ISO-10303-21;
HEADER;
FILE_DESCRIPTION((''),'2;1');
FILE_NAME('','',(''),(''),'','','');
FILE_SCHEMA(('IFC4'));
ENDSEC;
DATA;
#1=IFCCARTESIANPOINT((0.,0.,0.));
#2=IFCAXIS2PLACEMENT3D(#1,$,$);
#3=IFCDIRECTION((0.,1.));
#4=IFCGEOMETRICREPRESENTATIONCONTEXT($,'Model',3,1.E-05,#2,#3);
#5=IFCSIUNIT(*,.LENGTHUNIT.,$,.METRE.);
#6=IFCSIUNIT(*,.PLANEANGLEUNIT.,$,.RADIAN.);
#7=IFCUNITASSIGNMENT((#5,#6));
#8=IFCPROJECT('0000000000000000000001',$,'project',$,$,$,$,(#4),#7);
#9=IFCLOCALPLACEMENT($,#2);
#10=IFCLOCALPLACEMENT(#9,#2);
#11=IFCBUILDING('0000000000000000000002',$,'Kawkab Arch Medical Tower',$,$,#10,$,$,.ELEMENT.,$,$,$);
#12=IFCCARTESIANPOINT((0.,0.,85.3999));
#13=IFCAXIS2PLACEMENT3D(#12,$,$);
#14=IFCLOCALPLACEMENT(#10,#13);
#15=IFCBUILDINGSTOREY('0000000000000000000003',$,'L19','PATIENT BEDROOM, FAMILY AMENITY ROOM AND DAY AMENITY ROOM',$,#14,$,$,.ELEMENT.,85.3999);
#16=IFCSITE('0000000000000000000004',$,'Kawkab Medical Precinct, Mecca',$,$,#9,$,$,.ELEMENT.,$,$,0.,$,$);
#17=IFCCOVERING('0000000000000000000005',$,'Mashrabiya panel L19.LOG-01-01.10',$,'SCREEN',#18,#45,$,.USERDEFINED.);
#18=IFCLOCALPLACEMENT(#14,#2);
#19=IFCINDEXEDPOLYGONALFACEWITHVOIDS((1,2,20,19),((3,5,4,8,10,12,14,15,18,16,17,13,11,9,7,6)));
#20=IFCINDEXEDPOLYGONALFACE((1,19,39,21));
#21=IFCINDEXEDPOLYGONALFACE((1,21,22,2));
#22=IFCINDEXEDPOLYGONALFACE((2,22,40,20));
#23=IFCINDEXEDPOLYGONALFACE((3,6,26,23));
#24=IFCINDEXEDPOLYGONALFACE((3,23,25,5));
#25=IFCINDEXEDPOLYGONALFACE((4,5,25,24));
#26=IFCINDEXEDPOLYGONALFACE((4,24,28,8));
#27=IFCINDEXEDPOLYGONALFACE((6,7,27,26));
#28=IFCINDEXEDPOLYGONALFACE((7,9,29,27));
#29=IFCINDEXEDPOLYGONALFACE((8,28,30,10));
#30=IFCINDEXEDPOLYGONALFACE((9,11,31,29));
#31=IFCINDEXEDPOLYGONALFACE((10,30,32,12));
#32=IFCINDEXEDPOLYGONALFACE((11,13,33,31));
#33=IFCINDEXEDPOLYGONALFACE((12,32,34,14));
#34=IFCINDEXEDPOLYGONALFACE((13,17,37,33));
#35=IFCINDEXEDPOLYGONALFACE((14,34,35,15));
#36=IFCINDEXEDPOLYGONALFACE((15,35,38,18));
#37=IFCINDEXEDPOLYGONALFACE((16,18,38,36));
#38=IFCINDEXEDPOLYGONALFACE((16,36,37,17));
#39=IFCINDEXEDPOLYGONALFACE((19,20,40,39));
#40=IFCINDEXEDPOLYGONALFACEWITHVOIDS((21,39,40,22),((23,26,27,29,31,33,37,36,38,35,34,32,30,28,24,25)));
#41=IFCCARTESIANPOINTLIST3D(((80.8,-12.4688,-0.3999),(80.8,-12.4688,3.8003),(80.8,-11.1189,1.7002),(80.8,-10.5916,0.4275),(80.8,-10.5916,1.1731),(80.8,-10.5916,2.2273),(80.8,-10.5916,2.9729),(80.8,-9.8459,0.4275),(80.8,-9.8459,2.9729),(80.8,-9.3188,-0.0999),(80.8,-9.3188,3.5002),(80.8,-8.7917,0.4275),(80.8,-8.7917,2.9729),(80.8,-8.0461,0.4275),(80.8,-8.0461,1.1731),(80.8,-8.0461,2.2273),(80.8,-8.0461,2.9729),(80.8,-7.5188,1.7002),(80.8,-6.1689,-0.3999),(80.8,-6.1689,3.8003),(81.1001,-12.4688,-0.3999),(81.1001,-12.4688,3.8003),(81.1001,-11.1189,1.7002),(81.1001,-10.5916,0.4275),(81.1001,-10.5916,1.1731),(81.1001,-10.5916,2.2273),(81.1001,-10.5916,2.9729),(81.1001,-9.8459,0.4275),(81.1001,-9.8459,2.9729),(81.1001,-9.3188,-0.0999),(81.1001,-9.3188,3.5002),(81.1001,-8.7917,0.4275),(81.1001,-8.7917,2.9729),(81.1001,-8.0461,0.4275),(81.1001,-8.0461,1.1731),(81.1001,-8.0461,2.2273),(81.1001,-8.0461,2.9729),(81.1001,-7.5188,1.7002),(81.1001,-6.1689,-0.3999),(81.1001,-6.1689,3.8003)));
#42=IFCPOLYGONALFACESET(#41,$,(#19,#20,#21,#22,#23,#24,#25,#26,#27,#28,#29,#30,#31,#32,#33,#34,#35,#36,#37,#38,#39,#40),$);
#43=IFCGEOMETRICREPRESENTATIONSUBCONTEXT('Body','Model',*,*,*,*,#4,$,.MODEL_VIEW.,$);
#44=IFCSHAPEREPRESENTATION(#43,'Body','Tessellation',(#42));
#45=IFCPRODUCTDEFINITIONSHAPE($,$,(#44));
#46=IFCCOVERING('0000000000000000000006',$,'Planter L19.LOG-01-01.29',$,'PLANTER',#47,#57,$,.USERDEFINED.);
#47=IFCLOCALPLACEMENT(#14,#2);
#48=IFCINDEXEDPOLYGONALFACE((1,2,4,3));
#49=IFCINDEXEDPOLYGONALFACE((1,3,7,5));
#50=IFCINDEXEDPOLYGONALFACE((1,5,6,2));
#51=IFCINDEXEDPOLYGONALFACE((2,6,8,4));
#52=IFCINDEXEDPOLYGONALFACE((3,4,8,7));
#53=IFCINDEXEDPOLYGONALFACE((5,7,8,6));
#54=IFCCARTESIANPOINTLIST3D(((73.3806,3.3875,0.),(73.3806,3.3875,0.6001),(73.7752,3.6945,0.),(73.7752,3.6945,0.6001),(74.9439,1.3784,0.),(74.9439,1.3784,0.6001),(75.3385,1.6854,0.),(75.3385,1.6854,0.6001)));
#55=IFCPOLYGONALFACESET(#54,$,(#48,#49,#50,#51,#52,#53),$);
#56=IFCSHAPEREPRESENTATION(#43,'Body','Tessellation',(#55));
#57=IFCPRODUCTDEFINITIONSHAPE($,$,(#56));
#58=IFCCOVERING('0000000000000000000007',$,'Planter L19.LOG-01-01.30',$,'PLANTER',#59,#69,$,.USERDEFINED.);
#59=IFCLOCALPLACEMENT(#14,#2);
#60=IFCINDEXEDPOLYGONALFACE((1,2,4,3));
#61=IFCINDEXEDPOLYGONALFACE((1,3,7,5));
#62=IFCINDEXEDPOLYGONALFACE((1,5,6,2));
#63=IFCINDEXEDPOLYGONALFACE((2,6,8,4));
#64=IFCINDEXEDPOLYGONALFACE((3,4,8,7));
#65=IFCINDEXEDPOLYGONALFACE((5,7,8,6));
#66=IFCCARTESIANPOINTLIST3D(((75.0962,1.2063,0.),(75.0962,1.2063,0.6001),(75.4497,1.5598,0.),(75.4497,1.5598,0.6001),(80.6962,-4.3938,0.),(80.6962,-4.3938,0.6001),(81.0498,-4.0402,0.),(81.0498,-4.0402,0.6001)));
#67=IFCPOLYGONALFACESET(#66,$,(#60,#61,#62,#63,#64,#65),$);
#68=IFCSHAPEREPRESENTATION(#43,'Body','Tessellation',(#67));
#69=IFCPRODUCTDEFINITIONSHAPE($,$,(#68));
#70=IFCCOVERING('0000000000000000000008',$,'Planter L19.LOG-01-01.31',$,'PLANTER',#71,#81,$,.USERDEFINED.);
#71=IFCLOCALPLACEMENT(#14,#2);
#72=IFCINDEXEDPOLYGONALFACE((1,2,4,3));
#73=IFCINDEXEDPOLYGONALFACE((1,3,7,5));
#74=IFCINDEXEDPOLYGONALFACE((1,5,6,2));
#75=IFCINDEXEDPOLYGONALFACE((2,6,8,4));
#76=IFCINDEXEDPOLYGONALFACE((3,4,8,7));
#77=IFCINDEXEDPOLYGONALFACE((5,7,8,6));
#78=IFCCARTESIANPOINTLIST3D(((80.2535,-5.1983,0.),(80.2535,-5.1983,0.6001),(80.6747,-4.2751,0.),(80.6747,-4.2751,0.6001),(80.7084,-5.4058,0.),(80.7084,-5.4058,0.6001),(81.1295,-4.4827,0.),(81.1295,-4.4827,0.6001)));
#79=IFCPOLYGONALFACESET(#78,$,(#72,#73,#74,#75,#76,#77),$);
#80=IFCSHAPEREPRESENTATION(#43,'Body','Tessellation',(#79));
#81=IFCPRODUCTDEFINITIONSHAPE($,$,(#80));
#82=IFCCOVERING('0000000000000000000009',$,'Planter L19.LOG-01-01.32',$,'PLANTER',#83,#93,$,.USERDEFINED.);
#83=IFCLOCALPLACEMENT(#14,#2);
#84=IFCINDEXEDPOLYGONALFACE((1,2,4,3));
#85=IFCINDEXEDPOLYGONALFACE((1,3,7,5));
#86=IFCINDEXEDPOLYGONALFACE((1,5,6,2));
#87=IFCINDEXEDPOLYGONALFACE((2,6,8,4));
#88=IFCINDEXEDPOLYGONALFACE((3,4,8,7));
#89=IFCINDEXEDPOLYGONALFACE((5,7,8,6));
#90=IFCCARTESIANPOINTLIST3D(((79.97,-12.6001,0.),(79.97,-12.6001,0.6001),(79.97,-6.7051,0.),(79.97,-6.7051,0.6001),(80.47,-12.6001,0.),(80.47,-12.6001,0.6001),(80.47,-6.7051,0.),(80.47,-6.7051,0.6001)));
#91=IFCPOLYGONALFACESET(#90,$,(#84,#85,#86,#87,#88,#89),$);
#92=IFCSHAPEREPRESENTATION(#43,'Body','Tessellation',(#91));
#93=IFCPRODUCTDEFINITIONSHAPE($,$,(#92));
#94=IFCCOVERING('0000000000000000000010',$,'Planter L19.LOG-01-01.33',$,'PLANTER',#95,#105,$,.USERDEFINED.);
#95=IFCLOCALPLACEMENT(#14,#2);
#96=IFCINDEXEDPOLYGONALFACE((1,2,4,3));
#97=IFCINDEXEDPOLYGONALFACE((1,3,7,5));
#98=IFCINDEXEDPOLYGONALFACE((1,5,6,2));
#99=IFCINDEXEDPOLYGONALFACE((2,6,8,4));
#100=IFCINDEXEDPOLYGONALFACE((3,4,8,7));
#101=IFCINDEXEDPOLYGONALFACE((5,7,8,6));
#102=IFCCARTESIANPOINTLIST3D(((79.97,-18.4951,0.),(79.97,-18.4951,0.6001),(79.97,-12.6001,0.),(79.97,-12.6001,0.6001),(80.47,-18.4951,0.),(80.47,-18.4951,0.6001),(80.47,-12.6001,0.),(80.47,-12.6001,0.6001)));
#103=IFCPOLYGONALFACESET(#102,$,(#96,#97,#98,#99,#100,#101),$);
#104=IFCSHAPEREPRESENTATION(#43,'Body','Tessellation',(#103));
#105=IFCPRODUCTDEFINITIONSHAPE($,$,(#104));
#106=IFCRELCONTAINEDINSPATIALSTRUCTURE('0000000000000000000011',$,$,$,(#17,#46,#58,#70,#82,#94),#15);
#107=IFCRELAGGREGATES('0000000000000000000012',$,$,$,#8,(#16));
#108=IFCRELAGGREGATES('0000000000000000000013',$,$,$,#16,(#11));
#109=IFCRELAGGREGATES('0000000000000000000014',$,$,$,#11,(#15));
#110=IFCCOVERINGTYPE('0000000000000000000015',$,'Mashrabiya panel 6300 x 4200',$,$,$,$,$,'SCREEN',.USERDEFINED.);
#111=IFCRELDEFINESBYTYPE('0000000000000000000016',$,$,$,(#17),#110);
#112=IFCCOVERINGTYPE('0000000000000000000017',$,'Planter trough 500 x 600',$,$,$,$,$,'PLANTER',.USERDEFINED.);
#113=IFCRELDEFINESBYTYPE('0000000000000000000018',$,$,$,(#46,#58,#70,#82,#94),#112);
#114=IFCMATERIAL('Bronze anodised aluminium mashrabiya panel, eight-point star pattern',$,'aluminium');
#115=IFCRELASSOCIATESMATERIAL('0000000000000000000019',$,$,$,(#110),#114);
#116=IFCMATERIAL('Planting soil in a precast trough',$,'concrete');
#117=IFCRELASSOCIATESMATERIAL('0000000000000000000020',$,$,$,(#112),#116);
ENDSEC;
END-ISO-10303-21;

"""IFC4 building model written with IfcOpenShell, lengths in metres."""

from ifc_helpers import new_model, si_unit, direction, frame, origin, origin_2d, place, context, subcontext, project, spatial, polyline, rectangle, outline, extrude, material, material_profile, profile_set, type_object, element, save


model = new_model("IFC4")

# Units and contexts
model_context = context("Model", 3, precision=1e-05, world=origin(), true_north=direction((0.0, 1.0)))
body_context = subcontext(model_context, "Body", "Model", "MODEL_VIEW")
ifc_project = project(units=[si_unit("LENGTHUNIT", "METRE"), si_unit("PLANEANGLEUNIT", "RADIAN")], contexts=[model_context])

# Site, building, storey
site_placement = place(None, origin())
site = spatial("IfcSite", under=ifc_project, at=site_placement, Name="Kawkab Medical Precinct, Mecca", CompositionType="ELEMENT", RefElevation=0.0)
building_placement = place(site_placement, origin())
building = spatial("IfcBuilding", under=site, at=building_placement, Name="Kawkab Arch Medical Tower", CompositionType="ELEMENT")
storey_placement = place(building_placement, frame((0.0, 0.0, 85.3999)))
storey = spatial("IfcBuildingStorey", under=building, at=storey_placement, Name="L19", Description="PATIENT BEDROOM, FAMILY AMENITY ROOM AND DAY AMENITY ROOM", CompositionType="ELEMENT", Elevation=85.3999)

# Coverings
ifc_material_1 = material(Name="Bronze anodised aluminium mashrabiya panel, eight-point star pattern", Category="aluminium")
ifc_material_profile_1 = material_profile(ifc_material_1, outline(polyline([(-3.1499, -2.1001), (3.1499, -2.1001), (3.1499, 2.1001), (-3.1499, 2.1001), (-3.1499, -2.1001)]), holes=[polyline([(1.8, 0.0), (1.2727, 0.5271), (1.2727, 1.2727), (0.5271, 1.2727), (0.0, 1.8), (-0.5271, 1.2727), (-1.2727, 1.2727), (-1.2727, 0.5271), (-1.8, 0.0), (-1.2727, -0.5271), (-1.2727, -1.2727), (-0.5271, -1.2727), (0.0, -1.8), (0.5271, -1.2727), (1.2727, -1.2727), (1.2727, -0.5271), (1.8, 0.0)])]), Name="Mashrabiya panel 6300x4200")
ifc_profile_set_1 = profile_set([ifc_material_profile_1], Name="Bronze anodised aluminium mashrabiya panel, eight-point star pattern")
covering_type_1 = type_object("IfcCoveringType", Name="Mashrabiya panel 6300 x 4200", ElementType="SCREEN", PredefinedType="USERDEFINED", material=ifc_profile_set_1)
covering_1_placement = place(storey_placement, frame((80.8, -9.3188, 1.7002), z_axis=(1.0, 0.0, 0.0), x_axis=(0.0, 1.0, 0.0)))
element("IfcCovering", 1, at=covering_1_placement, inside=storey, type_object=covering_type_1, Name="Mashrabiya panel L19.LOG-01-01.10", ObjectType="SCREEN", PredefinedType="USERDEFINED", context=body_context, shape_type="SweptSolid", body=[
    extrude(outline(polyline([(-3.1499, -2.1001), (3.1499, -2.1001), (3.1499, 2.1001), (-3.1499, 2.1001), (-3.1499, -2.1001)]), holes=[polyline([(1.8, 0.0), (1.2727, 0.5271), (1.2727, 1.2727), (0.5271, 1.2727), (0.0, 1.8), (-0.5271, 1.2727), (-1.2727, 1.2727), (-1.2727, 0.5271), (-1.8, 0.0), (-1.2727, -0.5271), (-1.2727, -1.2727), (-0.5271, -1.2727), (0.0, -1.8), (0.5271, -1.2727), (1.2727, -1.2727), (1.2727, -0.5271), (1.8, 0.0)])]), origin(), (0.0, 0.0, 1.0), 0.3),
])
ifc_material_2 = material(Name="Planting soil in a precast trough", Category="concrete")
ifc_material_profile_2 = material_profile(ifc_material_2, rectangle(XDim=0.5, YDim=0.6001, at=origin_2d()), Name="Trough 500x600")
ifc_profile_set_2 = profile_set([ifc_material_profile_2], Name="Planting soil in a precast trough")
covering_type_2 = type_object("IfcCoveringType", Name="Planter trough 500 x 600", ElementType="PLANTER", PredefinedType="USERDEFINED", material=ifc_profile_set_2)
covering_2_placement = place(storey_placement, frame((73.5779, 3.541, 0.3), z_axis=(0.6141, -0.789228, 0.0), x_axis=(0.789228, 0.6141, 0.0)))
element("IfcCovering", 2, at=covering_2_placement, inside=storey, type_object=covering_type_2, Name="Planter L19.LOG-01-01.29", ObjectType="PLANTER", PredefinedType="USERDEFINED", context=body_context, shape_type="SweptSolid", body=[
    extrude(rectangle(XDim=0.5, YDim=0.6001, at=origin_2d()), origin(), (0.0, 0.0, 1.0), 2.5457),
])
covering_3_placement = place(storey_placement, frame((75.2729, 1.3831, 0.3), z_axis=(0.707107, -0.707107, 0.0), x_axis=(0.707107, 0.707107, 0.0)))
element("IfcCovering", 3, at=covering_3_placement, inside=storey, type_object=covering_type_2, Name="Planter L19.LOG-01-01.30", ObjectType="PLANTER", PredefinedType="USERDEFINED", context=body_context, shape_type="SweptSolid", body=[
    extrude(rectangle(XDim=0.5, YDim=0.6001, at=origin_2d()), origin(), (0.0, 0.0, 1.0), 7.9197),
])
covering_4_placement = place(storey_placement, frame((80.9021, -4.3789, 0.3), z_axis=(-0.415072, -0.909789, 0.0), x_axis=(0.909789, -0.415072, 0.0)))
element("IfcCovering", 4, at=covering_4_placement, inside=storey, type_object=covering_type_2, Name="Planter L19.LOG-01-01.31", ObjectType="PLANTER", PredefinedType="USERDEFINED", context=body_context, shape_type="SweptSolid", body=[
    extrude(rectangle(XDim=0.5, YDim=0.6001, at=origin_2d()), origin(), (0.0, 0.0, 1.0), 1.0146),
])
for number, where, z_axis, x_axis, name in (
    (5, (80.22, -6.7051, 0.3), (0.0, -1.0, 0.0), (1.0, 0.0, 0.0), "Planter L19.LOG-01-01.32"),
    (6, (80.22, -12.6001, 0.3), (0.0, -1.0, 0.0), (1.0, 0.0, 0.0), "Planter L19.LOG-01-01.33"),
):
    element("IfcCovering", number, at=place(storey_placement, frame(where, z_axis=z_axis, x_axis=x_axis)), inside=storey, type_object=covering_type_2, Name=name, ObjectType="PLANTER", PredefinedType="USERDEFINED", context=body_context, shape_type="SweptSolid", body=[
        extrude(rectangle(XDim=0.5, YDim=0.6001, at=origin_2d()), origin(), (0.0, 0.0, 1.0), 5.895),
    ])

save(model, "model.ifc")
